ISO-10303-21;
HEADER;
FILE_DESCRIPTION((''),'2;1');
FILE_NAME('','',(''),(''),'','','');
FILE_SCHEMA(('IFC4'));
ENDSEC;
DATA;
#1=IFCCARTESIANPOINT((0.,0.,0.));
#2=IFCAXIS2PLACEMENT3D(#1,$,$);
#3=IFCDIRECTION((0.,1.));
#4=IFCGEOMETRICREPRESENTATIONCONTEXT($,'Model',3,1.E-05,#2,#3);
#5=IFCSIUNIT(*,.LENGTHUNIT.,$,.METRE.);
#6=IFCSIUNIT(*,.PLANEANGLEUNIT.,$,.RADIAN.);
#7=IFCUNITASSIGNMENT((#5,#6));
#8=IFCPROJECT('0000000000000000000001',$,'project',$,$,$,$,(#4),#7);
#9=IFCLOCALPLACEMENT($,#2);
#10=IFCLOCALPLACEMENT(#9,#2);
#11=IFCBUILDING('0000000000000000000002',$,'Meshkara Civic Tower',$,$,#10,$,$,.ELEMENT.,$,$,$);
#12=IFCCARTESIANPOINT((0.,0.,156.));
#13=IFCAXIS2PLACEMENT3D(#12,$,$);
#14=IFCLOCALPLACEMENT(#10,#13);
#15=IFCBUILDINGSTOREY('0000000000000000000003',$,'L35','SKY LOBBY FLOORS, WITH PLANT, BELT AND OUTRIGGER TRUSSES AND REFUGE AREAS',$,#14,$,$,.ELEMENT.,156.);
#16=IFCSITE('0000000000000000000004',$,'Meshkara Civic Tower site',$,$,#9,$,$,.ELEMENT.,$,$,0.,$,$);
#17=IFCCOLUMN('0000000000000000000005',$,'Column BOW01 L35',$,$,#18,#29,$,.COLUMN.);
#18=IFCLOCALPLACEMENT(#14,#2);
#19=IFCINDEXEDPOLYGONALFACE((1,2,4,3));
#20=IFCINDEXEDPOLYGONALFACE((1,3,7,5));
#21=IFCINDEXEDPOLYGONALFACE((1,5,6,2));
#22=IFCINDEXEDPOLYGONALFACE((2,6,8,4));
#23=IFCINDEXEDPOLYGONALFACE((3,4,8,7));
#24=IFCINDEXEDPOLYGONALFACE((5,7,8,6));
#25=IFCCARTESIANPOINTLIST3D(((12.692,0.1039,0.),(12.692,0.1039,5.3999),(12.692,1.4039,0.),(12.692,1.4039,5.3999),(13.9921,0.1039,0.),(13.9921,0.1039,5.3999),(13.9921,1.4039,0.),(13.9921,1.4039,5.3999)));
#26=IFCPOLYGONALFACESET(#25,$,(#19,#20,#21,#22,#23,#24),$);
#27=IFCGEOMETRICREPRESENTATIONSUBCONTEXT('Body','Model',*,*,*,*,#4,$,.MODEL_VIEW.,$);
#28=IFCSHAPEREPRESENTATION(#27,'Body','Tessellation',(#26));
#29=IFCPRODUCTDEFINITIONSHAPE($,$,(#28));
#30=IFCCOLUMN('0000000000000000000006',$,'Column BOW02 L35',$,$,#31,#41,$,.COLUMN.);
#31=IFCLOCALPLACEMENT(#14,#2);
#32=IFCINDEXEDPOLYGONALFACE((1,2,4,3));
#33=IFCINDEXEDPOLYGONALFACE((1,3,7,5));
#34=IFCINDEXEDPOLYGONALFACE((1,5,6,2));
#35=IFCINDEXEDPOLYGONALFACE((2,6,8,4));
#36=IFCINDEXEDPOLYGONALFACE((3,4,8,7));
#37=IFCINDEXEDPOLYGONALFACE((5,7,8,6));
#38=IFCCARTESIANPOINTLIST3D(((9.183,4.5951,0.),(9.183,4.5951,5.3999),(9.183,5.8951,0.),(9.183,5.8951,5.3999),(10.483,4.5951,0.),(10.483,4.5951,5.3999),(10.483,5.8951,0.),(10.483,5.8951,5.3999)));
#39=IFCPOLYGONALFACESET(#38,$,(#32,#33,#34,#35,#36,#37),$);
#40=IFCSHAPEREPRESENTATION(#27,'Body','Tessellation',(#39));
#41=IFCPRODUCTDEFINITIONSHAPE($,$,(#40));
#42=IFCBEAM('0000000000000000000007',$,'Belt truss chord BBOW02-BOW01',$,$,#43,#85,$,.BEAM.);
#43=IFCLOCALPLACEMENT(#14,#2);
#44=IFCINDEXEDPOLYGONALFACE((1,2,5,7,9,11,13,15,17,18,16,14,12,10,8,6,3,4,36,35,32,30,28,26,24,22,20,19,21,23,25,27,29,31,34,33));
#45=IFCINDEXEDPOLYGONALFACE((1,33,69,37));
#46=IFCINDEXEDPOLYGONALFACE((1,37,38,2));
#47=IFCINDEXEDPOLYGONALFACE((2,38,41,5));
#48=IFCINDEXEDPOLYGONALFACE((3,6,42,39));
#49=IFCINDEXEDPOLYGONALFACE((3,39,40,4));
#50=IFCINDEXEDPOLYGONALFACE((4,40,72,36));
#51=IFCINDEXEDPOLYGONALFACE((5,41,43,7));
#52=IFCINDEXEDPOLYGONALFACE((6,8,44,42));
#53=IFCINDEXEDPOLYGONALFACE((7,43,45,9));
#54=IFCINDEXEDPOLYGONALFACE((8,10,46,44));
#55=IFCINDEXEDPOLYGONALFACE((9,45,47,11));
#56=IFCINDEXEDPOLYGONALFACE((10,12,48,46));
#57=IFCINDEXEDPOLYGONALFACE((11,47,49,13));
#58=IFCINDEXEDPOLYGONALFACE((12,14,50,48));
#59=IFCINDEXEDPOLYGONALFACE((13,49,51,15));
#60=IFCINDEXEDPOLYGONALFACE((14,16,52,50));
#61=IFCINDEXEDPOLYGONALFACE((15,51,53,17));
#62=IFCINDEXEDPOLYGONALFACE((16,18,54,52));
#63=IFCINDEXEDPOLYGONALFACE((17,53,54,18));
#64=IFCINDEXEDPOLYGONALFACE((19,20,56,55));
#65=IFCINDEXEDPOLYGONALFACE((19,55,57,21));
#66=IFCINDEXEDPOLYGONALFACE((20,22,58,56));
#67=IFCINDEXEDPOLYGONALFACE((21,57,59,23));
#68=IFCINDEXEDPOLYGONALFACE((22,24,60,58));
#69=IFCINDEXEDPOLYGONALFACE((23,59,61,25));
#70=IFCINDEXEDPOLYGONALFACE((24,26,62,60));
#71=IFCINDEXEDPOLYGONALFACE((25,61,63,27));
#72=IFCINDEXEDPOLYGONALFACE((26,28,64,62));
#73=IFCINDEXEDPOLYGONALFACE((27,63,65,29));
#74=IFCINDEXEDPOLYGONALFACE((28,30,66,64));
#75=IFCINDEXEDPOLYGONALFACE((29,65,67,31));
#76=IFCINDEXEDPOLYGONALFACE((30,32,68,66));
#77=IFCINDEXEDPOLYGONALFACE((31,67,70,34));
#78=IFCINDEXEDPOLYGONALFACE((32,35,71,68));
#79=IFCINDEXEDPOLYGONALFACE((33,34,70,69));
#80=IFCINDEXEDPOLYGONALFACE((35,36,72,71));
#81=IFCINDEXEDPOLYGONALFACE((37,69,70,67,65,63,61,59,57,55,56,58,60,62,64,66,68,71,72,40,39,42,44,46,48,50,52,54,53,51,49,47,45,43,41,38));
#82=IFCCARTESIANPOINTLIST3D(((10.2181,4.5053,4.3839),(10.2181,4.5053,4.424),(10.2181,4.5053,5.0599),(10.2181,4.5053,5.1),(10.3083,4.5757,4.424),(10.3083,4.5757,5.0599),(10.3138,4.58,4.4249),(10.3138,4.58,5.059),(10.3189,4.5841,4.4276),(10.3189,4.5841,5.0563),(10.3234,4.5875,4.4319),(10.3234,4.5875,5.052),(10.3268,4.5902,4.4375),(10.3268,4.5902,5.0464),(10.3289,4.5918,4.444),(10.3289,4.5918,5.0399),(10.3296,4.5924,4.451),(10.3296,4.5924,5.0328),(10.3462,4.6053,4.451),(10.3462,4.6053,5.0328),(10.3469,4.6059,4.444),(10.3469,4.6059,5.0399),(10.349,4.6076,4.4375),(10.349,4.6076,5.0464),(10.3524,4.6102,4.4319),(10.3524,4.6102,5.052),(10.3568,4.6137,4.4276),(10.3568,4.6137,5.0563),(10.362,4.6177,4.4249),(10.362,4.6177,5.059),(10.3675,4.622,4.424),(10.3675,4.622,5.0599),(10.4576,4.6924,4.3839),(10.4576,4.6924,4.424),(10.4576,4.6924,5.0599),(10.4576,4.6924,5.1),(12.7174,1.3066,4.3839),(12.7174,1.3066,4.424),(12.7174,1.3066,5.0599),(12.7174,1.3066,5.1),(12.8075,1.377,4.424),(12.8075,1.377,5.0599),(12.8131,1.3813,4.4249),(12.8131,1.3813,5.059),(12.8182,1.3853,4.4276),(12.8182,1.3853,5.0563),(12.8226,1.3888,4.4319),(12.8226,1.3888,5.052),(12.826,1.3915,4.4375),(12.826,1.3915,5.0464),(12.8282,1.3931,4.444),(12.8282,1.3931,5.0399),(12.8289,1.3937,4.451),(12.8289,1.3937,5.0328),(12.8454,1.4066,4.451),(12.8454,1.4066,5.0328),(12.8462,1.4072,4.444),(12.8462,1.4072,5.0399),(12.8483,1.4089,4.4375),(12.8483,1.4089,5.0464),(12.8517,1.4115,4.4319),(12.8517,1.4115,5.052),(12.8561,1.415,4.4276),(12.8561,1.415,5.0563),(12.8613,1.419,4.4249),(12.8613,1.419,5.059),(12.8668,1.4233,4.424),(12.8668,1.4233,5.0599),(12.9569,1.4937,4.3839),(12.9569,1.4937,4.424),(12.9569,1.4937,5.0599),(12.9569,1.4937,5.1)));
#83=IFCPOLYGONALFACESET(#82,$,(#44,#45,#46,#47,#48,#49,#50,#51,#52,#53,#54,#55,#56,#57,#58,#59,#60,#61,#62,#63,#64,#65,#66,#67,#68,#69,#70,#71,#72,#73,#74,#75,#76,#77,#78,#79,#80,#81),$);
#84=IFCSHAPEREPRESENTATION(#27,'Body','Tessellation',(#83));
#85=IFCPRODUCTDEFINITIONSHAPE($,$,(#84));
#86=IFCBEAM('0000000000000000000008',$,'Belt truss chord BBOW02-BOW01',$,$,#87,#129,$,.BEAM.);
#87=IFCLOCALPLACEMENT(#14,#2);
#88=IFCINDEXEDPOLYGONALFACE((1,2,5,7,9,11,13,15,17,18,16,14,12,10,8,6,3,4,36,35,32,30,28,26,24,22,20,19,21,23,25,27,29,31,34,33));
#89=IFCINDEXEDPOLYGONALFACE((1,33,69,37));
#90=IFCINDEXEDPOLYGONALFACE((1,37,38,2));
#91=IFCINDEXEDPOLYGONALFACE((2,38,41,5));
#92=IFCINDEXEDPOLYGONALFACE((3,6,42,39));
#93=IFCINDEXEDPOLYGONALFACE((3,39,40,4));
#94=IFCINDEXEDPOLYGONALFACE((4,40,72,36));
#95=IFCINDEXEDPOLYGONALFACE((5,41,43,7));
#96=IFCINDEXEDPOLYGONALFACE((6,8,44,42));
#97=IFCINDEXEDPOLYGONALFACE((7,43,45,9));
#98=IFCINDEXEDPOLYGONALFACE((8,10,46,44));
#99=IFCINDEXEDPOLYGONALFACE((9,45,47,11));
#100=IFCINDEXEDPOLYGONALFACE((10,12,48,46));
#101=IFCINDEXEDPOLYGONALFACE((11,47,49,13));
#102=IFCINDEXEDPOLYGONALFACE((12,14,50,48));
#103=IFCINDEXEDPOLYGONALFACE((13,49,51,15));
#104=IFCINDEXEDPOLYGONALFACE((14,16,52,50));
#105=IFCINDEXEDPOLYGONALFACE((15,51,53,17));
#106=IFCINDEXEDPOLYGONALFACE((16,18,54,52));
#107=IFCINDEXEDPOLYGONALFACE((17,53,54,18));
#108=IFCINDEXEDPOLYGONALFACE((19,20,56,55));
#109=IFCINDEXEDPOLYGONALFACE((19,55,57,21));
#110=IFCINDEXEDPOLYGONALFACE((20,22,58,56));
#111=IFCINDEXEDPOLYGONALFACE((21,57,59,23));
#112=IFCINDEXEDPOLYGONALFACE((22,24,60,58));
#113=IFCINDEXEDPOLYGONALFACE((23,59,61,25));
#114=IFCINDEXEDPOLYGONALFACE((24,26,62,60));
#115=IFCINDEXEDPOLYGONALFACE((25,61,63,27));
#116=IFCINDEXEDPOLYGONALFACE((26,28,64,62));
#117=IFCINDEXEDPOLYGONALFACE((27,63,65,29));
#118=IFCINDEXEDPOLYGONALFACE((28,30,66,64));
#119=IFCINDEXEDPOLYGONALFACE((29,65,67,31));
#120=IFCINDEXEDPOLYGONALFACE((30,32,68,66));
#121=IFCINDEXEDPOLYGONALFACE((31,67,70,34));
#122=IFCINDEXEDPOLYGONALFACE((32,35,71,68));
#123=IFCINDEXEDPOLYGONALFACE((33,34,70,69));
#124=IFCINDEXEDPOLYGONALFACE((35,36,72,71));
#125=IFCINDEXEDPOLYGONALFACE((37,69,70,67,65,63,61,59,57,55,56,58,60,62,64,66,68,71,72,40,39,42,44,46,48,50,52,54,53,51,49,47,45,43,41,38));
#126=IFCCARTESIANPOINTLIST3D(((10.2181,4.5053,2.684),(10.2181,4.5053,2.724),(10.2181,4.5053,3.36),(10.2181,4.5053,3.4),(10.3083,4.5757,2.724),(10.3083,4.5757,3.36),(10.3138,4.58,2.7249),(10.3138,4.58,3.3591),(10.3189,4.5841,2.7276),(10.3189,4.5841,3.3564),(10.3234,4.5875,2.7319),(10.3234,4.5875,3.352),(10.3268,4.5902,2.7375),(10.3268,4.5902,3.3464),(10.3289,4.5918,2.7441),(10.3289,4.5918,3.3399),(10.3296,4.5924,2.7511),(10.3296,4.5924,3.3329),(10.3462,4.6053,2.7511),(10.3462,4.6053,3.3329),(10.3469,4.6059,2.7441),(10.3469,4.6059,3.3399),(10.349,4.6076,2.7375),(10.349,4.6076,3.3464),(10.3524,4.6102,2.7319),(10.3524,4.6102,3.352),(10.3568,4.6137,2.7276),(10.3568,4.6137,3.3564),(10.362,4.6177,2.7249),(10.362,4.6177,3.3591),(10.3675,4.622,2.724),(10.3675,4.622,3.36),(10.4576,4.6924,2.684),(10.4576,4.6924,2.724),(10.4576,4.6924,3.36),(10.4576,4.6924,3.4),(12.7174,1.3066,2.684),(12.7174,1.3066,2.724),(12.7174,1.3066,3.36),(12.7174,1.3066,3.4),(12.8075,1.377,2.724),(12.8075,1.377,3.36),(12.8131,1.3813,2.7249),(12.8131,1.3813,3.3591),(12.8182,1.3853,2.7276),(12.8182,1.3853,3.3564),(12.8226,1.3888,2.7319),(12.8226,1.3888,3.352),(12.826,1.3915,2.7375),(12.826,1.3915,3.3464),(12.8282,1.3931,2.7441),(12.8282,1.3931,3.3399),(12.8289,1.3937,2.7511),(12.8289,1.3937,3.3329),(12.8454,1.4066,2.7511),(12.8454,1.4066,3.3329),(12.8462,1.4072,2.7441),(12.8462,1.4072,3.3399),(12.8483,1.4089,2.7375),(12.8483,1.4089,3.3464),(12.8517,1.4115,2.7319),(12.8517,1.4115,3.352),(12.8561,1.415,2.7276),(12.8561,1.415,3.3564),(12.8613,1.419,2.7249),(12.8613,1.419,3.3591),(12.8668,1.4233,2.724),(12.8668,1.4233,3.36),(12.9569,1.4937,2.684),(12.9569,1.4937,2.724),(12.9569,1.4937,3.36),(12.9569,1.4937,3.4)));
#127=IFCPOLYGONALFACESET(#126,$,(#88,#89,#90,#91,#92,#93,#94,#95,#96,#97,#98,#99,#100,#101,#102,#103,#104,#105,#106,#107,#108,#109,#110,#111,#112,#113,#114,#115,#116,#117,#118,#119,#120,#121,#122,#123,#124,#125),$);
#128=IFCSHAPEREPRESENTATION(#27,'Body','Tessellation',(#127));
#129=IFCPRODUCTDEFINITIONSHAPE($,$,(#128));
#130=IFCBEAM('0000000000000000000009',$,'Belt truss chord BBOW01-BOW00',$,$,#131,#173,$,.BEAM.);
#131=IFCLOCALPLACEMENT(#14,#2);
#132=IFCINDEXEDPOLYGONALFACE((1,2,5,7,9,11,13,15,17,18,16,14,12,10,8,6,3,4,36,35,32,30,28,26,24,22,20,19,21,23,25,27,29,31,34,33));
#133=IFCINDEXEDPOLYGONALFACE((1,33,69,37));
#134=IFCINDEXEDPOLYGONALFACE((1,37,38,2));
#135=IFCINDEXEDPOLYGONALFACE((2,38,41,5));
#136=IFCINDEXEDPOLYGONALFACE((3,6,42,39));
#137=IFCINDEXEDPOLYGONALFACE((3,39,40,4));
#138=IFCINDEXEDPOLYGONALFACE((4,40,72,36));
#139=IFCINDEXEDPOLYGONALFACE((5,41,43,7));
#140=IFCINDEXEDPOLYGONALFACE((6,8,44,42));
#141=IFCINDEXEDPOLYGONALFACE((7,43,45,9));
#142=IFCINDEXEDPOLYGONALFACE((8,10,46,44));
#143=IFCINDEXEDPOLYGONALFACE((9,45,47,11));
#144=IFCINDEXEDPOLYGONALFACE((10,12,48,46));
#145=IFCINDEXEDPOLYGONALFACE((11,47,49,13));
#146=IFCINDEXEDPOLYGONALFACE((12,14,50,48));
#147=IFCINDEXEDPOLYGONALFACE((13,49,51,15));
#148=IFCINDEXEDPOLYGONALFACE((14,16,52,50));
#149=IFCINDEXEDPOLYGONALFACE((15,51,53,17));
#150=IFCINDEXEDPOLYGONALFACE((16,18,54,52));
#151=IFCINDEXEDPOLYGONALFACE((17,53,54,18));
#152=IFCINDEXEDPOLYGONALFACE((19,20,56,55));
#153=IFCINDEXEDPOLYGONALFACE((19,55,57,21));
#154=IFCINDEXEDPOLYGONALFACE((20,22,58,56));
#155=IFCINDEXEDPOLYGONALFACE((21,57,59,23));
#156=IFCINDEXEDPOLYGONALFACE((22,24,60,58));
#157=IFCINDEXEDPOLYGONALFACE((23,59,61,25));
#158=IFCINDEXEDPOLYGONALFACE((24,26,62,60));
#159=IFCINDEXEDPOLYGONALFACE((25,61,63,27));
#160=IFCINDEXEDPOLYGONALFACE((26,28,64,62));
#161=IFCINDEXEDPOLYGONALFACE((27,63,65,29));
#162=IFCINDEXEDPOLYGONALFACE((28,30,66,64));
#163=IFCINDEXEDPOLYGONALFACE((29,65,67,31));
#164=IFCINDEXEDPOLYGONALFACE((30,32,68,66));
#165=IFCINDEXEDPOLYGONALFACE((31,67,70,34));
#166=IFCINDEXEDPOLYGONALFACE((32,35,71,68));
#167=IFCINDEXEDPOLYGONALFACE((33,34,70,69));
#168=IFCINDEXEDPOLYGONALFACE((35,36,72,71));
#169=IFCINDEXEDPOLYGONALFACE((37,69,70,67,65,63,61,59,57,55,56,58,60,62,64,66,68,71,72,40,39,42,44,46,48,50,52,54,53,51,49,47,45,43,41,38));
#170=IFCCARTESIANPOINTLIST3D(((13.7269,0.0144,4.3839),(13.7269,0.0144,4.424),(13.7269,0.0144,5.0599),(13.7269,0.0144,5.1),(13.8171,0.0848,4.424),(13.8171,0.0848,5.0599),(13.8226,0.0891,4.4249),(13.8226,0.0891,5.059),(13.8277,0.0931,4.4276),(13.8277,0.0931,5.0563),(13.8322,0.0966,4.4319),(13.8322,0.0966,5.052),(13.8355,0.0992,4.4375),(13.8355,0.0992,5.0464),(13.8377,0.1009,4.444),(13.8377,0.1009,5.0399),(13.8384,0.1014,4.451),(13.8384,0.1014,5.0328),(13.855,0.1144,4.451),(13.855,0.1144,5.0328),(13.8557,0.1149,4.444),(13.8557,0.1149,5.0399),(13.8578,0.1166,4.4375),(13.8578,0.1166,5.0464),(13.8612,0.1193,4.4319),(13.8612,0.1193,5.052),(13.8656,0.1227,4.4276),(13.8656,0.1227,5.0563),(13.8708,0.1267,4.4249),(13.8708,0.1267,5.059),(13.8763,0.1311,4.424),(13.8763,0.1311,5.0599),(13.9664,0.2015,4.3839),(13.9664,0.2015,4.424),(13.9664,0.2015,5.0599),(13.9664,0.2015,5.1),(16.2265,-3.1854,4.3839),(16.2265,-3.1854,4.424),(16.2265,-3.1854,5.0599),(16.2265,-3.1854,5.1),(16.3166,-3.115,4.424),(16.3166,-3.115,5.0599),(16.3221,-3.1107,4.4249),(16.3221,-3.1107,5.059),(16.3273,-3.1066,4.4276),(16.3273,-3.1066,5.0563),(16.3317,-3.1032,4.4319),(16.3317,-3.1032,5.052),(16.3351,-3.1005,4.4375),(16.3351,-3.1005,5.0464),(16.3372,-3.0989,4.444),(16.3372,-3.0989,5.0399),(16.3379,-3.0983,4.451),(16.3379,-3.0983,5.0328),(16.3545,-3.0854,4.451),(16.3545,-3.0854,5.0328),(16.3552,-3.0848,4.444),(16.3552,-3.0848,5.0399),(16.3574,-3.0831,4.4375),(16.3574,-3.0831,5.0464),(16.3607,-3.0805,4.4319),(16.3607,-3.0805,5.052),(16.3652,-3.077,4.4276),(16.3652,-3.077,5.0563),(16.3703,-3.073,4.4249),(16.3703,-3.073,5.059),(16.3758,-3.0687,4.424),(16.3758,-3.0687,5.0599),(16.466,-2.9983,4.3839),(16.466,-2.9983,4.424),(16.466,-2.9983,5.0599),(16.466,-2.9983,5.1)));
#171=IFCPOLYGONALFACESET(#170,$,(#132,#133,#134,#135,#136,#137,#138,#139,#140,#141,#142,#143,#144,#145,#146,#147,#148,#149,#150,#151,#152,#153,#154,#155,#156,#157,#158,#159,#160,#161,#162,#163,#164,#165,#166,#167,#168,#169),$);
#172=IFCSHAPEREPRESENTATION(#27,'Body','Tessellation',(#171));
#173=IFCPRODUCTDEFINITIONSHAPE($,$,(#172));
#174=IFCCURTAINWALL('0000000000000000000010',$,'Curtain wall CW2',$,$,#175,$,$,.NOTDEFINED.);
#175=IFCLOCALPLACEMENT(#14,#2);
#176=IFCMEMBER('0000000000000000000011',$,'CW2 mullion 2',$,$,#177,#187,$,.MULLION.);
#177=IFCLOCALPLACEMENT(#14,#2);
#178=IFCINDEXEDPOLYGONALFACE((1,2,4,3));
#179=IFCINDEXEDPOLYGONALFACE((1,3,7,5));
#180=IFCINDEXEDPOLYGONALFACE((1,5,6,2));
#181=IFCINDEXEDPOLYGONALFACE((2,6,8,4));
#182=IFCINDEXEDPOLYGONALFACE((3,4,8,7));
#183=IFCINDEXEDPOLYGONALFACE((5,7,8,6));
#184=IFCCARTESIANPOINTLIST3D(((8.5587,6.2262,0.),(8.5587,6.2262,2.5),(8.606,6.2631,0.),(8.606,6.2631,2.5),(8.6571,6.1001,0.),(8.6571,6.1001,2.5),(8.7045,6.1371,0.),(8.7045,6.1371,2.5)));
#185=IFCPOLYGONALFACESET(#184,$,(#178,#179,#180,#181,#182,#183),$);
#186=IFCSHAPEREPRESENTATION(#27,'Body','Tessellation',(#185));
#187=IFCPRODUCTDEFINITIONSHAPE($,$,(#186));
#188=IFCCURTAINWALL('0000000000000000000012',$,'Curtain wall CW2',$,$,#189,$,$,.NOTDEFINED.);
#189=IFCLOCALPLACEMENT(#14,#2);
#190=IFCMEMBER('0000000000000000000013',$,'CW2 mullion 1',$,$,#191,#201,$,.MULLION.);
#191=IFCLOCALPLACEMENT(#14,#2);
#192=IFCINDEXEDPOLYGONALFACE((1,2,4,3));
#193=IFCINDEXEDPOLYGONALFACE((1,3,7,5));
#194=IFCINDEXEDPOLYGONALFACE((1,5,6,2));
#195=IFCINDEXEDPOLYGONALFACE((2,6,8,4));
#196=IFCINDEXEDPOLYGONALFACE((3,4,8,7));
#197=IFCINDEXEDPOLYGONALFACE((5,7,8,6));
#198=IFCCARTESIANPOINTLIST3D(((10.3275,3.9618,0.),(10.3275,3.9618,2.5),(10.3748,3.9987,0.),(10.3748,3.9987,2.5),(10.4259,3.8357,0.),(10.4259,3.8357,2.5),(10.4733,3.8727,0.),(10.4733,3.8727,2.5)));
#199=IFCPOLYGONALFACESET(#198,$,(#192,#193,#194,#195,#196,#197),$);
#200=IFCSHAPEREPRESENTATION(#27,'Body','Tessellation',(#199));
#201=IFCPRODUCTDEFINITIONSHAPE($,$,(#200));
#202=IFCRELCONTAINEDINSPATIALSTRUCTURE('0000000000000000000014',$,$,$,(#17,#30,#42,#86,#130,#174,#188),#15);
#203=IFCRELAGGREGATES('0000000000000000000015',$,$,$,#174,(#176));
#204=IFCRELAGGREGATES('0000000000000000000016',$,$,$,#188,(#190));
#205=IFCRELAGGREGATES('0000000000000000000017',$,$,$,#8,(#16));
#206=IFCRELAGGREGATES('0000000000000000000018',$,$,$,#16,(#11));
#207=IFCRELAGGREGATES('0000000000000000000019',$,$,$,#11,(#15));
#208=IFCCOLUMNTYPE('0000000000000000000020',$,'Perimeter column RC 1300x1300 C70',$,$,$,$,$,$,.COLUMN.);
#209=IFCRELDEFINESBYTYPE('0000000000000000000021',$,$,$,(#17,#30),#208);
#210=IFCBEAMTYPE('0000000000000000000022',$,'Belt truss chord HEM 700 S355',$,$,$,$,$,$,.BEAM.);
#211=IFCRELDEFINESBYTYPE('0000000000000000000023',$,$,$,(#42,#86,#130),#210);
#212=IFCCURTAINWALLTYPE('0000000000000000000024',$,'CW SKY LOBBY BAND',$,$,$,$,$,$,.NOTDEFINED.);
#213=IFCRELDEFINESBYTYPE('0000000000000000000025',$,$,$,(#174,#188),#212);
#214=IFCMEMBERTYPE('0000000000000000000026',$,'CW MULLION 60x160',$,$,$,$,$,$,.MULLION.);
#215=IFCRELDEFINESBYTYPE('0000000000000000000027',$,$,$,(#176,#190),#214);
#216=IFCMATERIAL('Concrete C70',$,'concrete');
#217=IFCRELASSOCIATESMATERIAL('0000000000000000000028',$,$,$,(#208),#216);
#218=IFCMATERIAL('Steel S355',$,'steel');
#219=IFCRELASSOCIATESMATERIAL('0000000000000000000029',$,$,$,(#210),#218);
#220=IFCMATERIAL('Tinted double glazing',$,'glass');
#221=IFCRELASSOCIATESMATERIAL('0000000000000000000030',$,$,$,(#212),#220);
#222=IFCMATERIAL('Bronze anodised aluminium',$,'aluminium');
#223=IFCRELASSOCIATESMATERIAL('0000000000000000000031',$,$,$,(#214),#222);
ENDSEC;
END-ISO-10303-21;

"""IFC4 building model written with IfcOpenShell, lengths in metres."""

from ifc_helpers import new_model, si_unit, direction, frame, origin, origin_2d, place, context, subcontext, project, spatial, rectangle, i_section, extrude, material, material_profile, profile_set, type_object, element, aggregate, save


model = new_model("IFC4")

# Units and contexts
model_context = context("Model", 3, precision=1e-05, world=origin(), true_north=direction((0.0, 1.0)))
body_context = subcontext(model_context, "Body", "Model", "MODEL_VIEW")
ifc_project = project(units=[si_unit("LENGTHUNIT", "METRE"), si_unit("PLANEANGLEUNIT", "RADIAN")], contexts=[model_context])

# Site, building, storey
site_placement = place(None, origin())
site = spatial("IfcSite", under=ifc_project, at=site_placement, Name="Meshkara Civic Tower site", CompositionType="ELEMENT", RefElevation=0.0)
building_placement = place(site_placement, origin())
building = spatial("IfcBuilding", under=site, at=building_placement, Name="Meshkara Civic Tower", CompositionType="ELEMENT")
storey_placement = place(building_placement, frame((0.0, 0.0, 156.0)))
storey = spatial("IfcBuildingStorey", under=building, at=storey_placement, Name="L35", Description="SKY LOBBY FLOORS, WITH PLANT, BELT AND OUTRIGGER TRUSSES AND REFUGE AREAS", CompositionType="ELEMENT", Elevation=156.0)

# Columns
ifc_material_1 = material(Name="Concrete C70", Category="concrete")
ifc_material_profile_1 = material_profile(ifc_material_1, rectangle(XDim=1.3, YDim=1.3, at=origin_2d()))
ifc_profile_set_1 = profile_set([ifc_material_profile_1], Name="Concrete C70")
column_type = type_object("IfcColumnType", Name="Perimeter column RC 1300x1300 C70", PredefinedType="COLUMN", material=ifc_profile_set_1)
for number, where, z_axis, x_axis, name in (
    (1, (13.342, 0.7539, 0.0), (0.0, 0.0, 1.0), (1.0, 0.0, 0.0), "Column BOW01 L35"),
    (2, (9.833, 5.2451, 0.0), (0.0, 0.0, 1.0), (1.0, 0.0, 0.0), "Column BOW02 L35"),
):
    element("IfcColumn", number, at=place(storey_placement, frame(where, z_axis=z_axis, x_axis=x_axis)), inside=storey, type_object=column_type, Name=name, PredefinedType="COLUMN", context=body_context, shape_type="SweptSolid", body=[
        extrude(rectangle(XDim=1.3, YDim=1.3, at=origin_2d()), origin(), (0.0, 0.0, 1.0), 5.3999),
    ])

# Beams
ifc_material_2 = material(Name="Steel S355", Category="steel")
ifc_material_profile_2 = material_profile(ifc_material_2, i_section(OverallWidth=0.304, OverallDepth=0.7161, WebThickness=0.021, FlangeThickness=0.04, FilletRadius=0.0271, at=origin_2d()))
ifc_profile_set_2 = profile_set([ifc_material_profile_2], Name="Steel S355")
beam_type = type_object("IfcBeamType", Name="Belt truss chord HEM 700 S355", PredefinedType="BEAM", material=ifc_profile_set_2)
for number, where, z_axis, x_axis, name in (
    (3, (10.3379, 4.5989, 4.7419), (0.615684, -0.787993, 0.0), (0.787993, 0.615684, 0.0), "Belt truss chord BBOW02-BOW01"),
    (4, (10.3379, 4.5989, 3.042), (0.615684, -0.787993, 0.0), (0.787993, 0.615684, 0.0), "Belt truss chord BBOW02-BOW01"),
):
    element("IfcBeam", number, at=place(storey_placement, frame(where, z_axis=z_axis, x_axis=x_axis)), inside=storey, type_object=beam_type, Name=name, PredefinedType="BEAM", context=body_context, shape_type="SweptSolid", body=[
        extrude(i_section(OverallWidth=0.304, OverallDepth=0.7161, WebThickness=0.021, FlangeThickness=0.04, FilletRadius=0.0271, at=origin_2d()), origin(), (0.0, 0.0, 1.0), 4.0593),
    ])
beam_placement = place(storey_placement, frame((13.8467, 0.1079, 4.7419), z_axis=(0.615604, -0.788055, 0.0), x_axis=(0.788055, 0.615604, 0.0)))
element("IfcBeam", 5, at=beam_placement, inside=storey, type_object=beam_type, Name="Belt truss chord BBOW01-BOW00", PredefinedType="BEAM", context=body_context, shape_type="SweptSolid", body=[
    extrude(i_section(OverallWidth=0.304, OverallDepth=0.7161, WebThickness=0.021, FlangeThickness=0.04, FilletRadius=0.0271, at=origin_2d()), origin(), (0.0, 0.0, 1.0), 4.0603),
])

# Curtain wall, member
ifc_material_3 = material(Name="Tinted double glazing", Category="glass")
curtain_wall_type = type_object("IfcCurtainWallType", Name="CW SKY LOBBY BAND", PredefinedType="NOTDEFINED", material=ifc_material_3)
curtain_wall_1_placement = place(storey_placement, origin())
curtain_wall_1 = element("IfcCurtainWall", 6, at=curtain_wall_1_placement, inside=storey, type_object=curtain_wall_type, Name="Curtain wall CW2", PredefinedType="NOTDEFINED")
ifc_material_4 = material(Name="Bronze anodised aluminium", Category="aluminium")
ifc_material_profile_3 = material_profile(ifc_material_4, rectangle(XDim=0.0601, YDim=0.1599, at=origin_2d()))
ifc_profile_set_3 = profile_set([ifc_material_profile_3], Name="Bronze anodised aluminium")
member_type_1 = type_object("IfcMemberType", Name="CW MULLION 60x160", PredefinedType="MULLION", material=ifc_profile_set_3)
member_1_placement = place(storey_placement, frame((8.6316, 6.1816, 0.0), z_axis=(0.0, 0.0, 1.0), x_axis=(0.788082, 0.61557, 0.0)))
member_1 = element("IfcMember", 7, at=member_1_placement, type_object=member_type_1, Name="CW2 mullion 2", PredefinedType="MULLION", context=body_context, shape_type="SweptSolid", body=[
    extrude(rectangle(XDim=0.0601, YDim=0.1599, at=origin_2d()), origin(), (0.0, 0.0, 1.0), 2.5),
])

# Curtain wall, member
curtain_wall_2_placement = place(storey_placement, origin())
curtain_wall_2 = element("IfcCurtainWall", 8, at=curtain_wall_2_placement, inside=storey, type_object=curtain_wall_type, Name="Curtain wall CW2", PredefinedType="NOTDEFINED")
member_2_placement = place(storey_placement, frame((10.4004, 3.9172, 0.0), z_axis=(0.0, 0.0, 1.0), x_axis=(0.788082, 0.61557, 0.0)))
member_2 = element("IfcMember", 9, at=member_2_placement, type_object=member_type_1, Name="CW2 mullion 1", PredefinedType="MULLION", context=body_context, shape_type="SweptSolid", body=[
    extrude(rectangle(XDim=0.0601, YDim=0.1599, at=origin_2d()), origin(), (0.0, 0.0, 1.0), 2.5),
])

aggregate(curtain_wall_1, [member_1])
aggregate(curtain_wall_2, [member_2])

save(model, "model.ifc")
